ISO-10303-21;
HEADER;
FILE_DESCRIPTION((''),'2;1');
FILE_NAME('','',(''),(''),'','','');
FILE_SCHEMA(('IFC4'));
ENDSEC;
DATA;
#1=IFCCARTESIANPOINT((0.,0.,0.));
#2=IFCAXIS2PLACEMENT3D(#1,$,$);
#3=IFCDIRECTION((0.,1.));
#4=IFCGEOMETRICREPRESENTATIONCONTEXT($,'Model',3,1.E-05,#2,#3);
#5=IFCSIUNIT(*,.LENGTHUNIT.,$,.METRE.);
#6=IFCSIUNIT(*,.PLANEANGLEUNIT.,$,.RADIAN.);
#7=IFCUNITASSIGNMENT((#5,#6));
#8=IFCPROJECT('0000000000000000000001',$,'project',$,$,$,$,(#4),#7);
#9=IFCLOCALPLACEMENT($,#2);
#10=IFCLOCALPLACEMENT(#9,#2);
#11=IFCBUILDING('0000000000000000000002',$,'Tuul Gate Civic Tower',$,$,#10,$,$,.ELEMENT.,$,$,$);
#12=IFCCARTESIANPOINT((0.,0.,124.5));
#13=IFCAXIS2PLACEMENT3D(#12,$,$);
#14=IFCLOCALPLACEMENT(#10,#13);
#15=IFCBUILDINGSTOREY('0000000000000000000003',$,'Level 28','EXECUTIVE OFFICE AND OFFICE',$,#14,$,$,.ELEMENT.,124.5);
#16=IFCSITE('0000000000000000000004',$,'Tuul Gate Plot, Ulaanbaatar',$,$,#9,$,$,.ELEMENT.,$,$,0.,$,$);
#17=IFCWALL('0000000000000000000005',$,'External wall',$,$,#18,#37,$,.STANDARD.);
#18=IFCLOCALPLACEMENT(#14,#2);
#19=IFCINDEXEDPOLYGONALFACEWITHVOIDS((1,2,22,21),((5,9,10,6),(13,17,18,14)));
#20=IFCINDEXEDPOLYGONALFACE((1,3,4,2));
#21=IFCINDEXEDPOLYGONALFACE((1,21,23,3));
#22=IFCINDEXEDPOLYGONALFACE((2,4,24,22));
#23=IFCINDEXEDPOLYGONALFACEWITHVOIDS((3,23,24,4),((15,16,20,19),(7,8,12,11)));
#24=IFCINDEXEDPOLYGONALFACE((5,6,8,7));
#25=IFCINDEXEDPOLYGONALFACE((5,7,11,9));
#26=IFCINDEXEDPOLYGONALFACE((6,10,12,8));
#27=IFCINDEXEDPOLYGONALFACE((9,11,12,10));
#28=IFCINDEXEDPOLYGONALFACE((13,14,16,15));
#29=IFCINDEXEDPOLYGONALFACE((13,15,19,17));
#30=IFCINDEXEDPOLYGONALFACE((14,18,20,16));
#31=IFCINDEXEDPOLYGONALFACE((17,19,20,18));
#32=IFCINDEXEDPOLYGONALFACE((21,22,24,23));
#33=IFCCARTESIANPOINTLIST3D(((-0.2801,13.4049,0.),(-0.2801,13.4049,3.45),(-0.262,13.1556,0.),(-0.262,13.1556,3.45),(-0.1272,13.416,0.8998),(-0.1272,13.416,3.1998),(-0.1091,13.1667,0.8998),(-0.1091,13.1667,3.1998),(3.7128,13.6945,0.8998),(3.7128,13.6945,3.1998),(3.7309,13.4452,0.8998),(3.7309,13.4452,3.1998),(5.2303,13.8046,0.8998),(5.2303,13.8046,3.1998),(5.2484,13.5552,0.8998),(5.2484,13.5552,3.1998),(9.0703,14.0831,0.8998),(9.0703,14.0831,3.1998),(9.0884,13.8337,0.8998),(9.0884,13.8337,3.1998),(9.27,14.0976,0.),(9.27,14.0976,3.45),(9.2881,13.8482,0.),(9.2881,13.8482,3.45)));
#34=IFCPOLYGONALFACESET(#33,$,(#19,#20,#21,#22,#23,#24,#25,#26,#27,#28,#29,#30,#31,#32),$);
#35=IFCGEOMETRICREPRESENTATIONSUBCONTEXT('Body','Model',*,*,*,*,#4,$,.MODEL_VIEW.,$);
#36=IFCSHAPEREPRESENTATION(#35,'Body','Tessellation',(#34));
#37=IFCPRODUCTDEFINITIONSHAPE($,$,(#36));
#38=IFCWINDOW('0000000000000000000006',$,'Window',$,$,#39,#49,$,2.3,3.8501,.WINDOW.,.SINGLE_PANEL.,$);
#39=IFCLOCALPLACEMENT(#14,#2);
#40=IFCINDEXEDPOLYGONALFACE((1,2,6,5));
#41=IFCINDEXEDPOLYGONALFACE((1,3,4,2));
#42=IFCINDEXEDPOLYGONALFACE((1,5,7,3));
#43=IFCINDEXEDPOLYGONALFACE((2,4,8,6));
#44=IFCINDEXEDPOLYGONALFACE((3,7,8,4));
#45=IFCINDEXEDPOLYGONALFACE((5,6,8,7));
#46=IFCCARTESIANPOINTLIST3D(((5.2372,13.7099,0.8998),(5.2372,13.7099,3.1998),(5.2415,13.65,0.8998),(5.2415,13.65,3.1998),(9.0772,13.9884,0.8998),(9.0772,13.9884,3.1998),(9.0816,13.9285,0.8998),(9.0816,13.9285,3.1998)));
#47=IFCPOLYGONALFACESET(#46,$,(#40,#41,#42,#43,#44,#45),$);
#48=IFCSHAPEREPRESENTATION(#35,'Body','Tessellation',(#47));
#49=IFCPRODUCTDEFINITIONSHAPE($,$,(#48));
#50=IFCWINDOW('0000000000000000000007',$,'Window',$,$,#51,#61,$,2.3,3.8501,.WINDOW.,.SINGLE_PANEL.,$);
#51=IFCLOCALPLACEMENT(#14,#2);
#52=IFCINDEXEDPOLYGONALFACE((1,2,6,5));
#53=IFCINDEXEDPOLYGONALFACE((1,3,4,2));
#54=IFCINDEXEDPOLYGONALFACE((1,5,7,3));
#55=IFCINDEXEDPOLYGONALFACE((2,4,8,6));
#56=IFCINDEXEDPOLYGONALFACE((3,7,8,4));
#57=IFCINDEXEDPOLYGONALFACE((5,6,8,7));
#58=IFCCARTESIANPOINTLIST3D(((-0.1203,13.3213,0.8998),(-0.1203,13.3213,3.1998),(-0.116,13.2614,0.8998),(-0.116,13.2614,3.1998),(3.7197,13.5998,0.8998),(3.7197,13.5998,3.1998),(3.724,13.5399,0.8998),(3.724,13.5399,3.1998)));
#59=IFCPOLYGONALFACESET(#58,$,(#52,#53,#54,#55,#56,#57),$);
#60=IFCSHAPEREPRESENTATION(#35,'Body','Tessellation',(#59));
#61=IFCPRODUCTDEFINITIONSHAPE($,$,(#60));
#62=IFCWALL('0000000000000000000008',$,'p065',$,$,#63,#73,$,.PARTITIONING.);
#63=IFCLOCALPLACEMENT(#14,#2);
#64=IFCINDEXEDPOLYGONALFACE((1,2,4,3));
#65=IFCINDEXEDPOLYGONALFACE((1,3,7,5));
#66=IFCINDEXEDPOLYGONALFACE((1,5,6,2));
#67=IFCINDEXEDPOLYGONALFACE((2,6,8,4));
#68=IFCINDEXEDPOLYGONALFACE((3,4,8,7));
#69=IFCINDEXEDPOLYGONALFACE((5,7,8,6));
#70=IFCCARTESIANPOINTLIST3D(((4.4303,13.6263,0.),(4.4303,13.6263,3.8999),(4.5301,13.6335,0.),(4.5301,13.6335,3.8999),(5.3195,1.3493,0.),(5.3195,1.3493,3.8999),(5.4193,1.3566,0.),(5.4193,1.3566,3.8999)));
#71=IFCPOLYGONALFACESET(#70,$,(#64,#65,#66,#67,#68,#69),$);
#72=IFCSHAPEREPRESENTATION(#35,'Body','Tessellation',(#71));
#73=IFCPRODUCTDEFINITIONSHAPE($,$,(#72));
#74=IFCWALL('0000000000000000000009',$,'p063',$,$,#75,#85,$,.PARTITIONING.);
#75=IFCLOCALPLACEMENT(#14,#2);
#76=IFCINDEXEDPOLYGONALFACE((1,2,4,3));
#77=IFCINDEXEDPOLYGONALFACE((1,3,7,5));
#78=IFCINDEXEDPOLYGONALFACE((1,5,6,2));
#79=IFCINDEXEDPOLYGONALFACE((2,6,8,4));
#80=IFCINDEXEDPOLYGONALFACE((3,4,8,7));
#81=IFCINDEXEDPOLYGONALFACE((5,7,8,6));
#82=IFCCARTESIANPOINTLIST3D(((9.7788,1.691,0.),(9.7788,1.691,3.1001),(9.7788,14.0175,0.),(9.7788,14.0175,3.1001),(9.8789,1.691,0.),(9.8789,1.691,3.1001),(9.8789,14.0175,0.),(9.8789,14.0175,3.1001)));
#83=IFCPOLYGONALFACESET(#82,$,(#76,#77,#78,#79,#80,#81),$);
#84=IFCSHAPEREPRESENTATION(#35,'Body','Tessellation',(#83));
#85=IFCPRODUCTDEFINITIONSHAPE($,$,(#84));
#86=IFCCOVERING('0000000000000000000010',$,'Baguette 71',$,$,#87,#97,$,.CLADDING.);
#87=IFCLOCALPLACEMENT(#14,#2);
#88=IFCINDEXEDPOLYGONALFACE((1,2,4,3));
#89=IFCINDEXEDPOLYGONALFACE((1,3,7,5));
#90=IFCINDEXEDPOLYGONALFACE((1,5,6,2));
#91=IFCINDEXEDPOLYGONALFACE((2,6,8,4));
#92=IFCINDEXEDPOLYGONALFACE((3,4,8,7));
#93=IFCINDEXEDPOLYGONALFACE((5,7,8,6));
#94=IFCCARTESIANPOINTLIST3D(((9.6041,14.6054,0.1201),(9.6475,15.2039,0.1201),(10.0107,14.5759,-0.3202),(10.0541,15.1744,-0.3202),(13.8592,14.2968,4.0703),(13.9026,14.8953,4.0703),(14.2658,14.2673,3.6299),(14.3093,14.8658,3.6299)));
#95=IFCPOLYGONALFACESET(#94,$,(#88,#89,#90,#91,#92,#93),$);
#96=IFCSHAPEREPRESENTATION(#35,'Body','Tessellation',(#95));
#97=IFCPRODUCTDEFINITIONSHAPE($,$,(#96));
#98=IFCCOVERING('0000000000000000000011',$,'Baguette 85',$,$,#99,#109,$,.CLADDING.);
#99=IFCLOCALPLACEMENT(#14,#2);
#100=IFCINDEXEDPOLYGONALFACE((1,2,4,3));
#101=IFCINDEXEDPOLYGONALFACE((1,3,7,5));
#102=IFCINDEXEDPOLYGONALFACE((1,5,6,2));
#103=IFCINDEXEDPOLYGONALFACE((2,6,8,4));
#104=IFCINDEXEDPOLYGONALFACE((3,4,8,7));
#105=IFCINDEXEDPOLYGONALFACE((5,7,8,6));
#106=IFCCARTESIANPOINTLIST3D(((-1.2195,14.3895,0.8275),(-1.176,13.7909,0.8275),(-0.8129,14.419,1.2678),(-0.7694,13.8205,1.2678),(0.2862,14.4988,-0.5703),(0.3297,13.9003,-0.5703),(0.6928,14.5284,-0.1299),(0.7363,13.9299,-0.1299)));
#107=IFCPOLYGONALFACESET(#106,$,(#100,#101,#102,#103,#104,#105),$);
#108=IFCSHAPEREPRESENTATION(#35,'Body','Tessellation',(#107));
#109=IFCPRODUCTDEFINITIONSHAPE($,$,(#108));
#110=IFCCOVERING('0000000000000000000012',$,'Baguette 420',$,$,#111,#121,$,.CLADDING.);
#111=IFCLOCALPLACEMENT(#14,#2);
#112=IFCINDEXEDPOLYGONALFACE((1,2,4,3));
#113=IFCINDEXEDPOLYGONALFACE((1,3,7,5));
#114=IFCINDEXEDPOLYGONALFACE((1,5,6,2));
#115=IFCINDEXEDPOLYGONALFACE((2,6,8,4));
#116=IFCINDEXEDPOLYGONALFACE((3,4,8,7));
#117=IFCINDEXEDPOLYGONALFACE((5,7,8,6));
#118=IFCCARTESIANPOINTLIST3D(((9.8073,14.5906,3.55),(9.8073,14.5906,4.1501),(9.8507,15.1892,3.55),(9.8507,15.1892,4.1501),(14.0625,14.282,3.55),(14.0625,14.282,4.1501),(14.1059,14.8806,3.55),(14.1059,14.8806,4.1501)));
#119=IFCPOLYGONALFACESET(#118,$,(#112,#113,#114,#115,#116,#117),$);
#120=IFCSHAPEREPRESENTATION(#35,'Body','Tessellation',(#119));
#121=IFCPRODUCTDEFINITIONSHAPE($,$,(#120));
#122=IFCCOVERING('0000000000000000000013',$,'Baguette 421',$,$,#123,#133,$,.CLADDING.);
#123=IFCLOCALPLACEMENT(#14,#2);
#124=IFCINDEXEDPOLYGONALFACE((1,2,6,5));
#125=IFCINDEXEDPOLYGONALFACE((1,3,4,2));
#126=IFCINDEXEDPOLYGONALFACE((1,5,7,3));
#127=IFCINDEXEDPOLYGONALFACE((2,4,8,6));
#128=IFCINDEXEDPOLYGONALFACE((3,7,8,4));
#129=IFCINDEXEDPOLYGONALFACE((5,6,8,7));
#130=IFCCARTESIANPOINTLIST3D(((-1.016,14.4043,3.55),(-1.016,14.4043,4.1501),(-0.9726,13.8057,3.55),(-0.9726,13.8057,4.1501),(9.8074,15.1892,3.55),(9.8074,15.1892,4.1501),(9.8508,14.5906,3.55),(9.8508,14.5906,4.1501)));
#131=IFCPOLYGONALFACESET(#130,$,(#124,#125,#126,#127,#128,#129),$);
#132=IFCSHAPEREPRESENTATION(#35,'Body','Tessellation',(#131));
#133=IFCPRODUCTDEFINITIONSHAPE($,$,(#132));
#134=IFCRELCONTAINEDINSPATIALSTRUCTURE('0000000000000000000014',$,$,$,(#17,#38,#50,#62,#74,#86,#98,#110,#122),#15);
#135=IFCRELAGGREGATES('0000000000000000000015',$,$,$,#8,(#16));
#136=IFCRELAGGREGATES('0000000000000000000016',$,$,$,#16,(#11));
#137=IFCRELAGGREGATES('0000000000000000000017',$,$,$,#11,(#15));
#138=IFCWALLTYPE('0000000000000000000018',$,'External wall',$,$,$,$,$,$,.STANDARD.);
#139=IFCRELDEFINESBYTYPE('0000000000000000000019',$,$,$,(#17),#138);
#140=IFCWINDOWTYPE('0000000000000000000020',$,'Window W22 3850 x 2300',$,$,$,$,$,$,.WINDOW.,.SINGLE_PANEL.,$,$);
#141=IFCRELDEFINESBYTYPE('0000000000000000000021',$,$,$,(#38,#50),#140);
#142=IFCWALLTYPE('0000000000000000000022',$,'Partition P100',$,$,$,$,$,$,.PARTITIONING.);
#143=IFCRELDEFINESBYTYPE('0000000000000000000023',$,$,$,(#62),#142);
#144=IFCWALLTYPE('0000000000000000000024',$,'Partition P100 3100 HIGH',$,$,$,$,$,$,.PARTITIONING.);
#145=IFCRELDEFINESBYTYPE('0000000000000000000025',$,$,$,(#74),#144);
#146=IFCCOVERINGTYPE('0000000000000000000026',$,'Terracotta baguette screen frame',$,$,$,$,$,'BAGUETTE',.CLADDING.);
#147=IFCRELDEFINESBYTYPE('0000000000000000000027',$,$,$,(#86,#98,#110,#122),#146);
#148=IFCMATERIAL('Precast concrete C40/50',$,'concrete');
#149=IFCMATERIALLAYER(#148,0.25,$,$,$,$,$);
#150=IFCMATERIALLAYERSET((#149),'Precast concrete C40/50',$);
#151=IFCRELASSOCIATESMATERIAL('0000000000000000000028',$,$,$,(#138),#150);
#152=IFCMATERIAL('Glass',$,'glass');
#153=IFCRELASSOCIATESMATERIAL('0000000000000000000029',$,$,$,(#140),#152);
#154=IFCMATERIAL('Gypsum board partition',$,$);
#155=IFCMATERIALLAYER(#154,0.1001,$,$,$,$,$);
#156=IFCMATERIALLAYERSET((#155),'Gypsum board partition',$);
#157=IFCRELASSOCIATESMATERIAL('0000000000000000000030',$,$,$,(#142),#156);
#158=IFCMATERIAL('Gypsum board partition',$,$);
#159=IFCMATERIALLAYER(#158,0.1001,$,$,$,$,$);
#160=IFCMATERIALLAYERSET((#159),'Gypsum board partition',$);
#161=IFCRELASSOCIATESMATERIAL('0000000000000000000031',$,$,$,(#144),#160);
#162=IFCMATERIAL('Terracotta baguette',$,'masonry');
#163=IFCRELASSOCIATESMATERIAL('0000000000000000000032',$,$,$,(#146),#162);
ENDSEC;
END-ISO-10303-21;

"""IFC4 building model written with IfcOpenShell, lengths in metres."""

from ifc_helpers import new_model, si_unit, direction, frame, frame_2d, origin, origin_2d, place, context, subcontext, project, spatial, rectangle, extrude, material, layer, layer_set, material_profile, profile_set, type_object, element, fill, save


model = new_model("IFC4")

# Units and contexts
model_context = context("Model", 3, precision=1e-05, world=origin(), true_north=direction((0.0, 1.0)))
body_context = subcontext(model_context, "Body", "Model", "MODEL_VIEW")
ifc_project = project(units=[si_unit("LENGTHUNIT", "METRE"), si_unit("PLANEANGLEUNIT", "RADIAN")], contexts=[model_context])

# Site, building, storey
site_placement = place(None, origin())
site = spatial("IfcSite", under=ifc_project, at=site_placement, Name="Tuul Gate Plot, Ulaanbaatar", CompositionType="ELEMENT", RefElevation=0.0)
building_placement = place(site_placement, origin())
building = spatial("IfcBuilding", under=site, at=building_placement, Name="Tuul Gate Civic Tower", CompositionType="ELEMENT")
storey_placement = place(building_placement, frame((0.0, 0.0, 124.5)))
storey = spatial("IfcBuildingStorey", under=building, at=storey_placement, Name="Level 28", Description="EXECUTIVE OFFICE AND OFFICE", CompositionType="ELEMENT", Elevation=124.5)

# Wall, openings, windows
ifc_material_1 = material(Name="Precast concrete C40/50", Category="concrete")
ifc_layer_1 = layer(ifc_material_1, 0.25)
ifc_layer_set_1 = layer_set([ifc_layer_1], Name="Precast concrete C40/50")
wall_type_1 = type_object("IfcWallType", Name="External wall", PredefinedType="STANDARD", material=ifc_layer_set_1)
wall_1_placement = place(storey_placement, frame((9.2791, 13.9729, 0.0), z_axis=(0.0, 0.0, 1.0), x_axis=(-0.99738, -0.072336, 0.0)))
wall_1 = element("IfcWall", 1, at=wall_1_placement, inside=storey, type_object=wall_type_1, Name="External wall", PredefinedType="STANDARD", context=body_context, shape_type="SweptSolid", body=[
    extrude(rectangle(XDim=9.5752, YDim=0.25, at=frame_2d((4.7876, 0.0))), origin(), (0.0, 0.0, 1.0), 3.45),
])
opening_1_placement = place(wall_1_placement, frame((0.2002, 0.0, 0.8999)))
opening_1 = element("IfcOpeningElement", 2, at=opening_1_placement, cuts=wall_1, PredefinedType="OPENING", context=body_context, shape_type="SweptSolid", body=[
    extrude(rectangle(XDim=3.8501, YDim=2.3, at=frame_2d((1.925, 1.1499))), frame((0.0, 0.135, 0.0), z_axis=(0.0, -1.0, 0.0), x_axis=(1.0, 0.0, 0.0)), (0.0, 0.0, 1.0), 0.27),
])
opening_2_placement = place(wall_1_placement, frame((5.5718, 0.0, 0.8999)))
opening_2 = element("IfcOpeningElement", 3, at=opening_2_placement, cuts=wall_1, PredefinedType="OPENING", context=body_context, shape_type="SweptSolid", body=[
    extrude(rectangle(XDim=3.8501, YDim=2.3, at=frame_2d((1.925, 1.1499))), frame((0.0, 0.135, 0.0), z_axis=(0.0, -1.0, 0.0), x_axis=(1.0, 0.0, 0.0)), (0.0, 0.0, 1.0), 0.27),
])
ifc_material_2 = material(Name="Glass", Category="glass")
window_type = type_object("IfcWindowType", Name="Window W22 3850 x 2300", PartitioningType="SINGLE_PANEL", PredefinedType="WINDOW", material=ifc_material_2)
window_1_placement = place(opening_1_placement, origin())
window_1 = element("IfcWindow", 4, at=window_1_placement, inside=storey, type_object=window_type, Name="Window", OverallHeight=2.3, OverallWidth=3.8501, PartitioningType="SINGLE_PANEL", PredefinedType="WINDOW", context=body_context, shape_type="SweptSolid", body=[
    extrude(rectangle(XDim=3.8501, YDim=2.3, at=frame_2d((1.925, 1.1499))), frame((0.0, 0.03, 0.0), z_axis=(0.0, -1.0, 0.0), x_axis=(1.0, 0.0, 0.0)), (0.0, 0.0, 1.0), 0.0601),
])
fill(opening_1, window_1)
window_2_placement = place(opening_2_placement, origin())
window_2 = element("IfcWindow", 5, at=window_2_placement, inside=storey, type_object=window_type, Name="Window", OverallHeight=2.3, OverallWidth=3.8501, PartitioningType="SINGLE_PANEL", PredefinedType="WINDOW", context=body_context, shape_type="SweptSolid", body=[
    extrude(rectangle(XDim=3.8501, YDim=2.3, at=frame_2d((1.925, 1.1499))), frame((0.0, 0.03, 0.0), z_axis=(0.0, -1.0, 0.0), x_axis=(1.0, 0.0, 0.0)), (0.0, 0.0, 1.0), 0.0601),
])
fill(opening_2, window_2)

# Walls
ifc_material_3 = material(Name="Gypsum board partition")
ifc_layer_2 = layer(ifc_material_3, 0.1001)
ifc_layer_set_2 = layer_set([ifc_layer_2], Name="Gypsum board partition")
wall_type_2 = type_object("IfcWallType", Name="Partition P100", PredefinedType="PARTITIONING", material=ifc_layer_set_2)
wall_2_placement = place(storey_placement, frame((4.4802, 13.6299, 0.0), z_axis=(0.0, 0.0, 1.0), x_axis=(0.072237, -0.997388, 0.0)))
element("IfcWall", 6, at=wall_2_placement, inside=storey, type_object=wall_type_2, Name="p065", PredefinedType="PARTITIONING", context=body_context, shape_type="SweptSolid", body=[
    extrude(rectangle(XDim=12.3091, YDim=0.1001, at=frame_2d((6.1545, 0.0))), origin(), (0.0, 0.0, 1.0), 3.8999),
])
ifc_material_4 = material(Name="Gypsum board partition")
ifc_layer_3 = layer(ifc_material_4, 0.1001)
ifc_layer_set_3 = layer_set([ifc_layer_3], Name="Gypsum board partition")
wall_type_3 = type_object("IfcWallType", Name="Partition P100 3100 HIGH", PredefinedType="PARTITIONING", material=ifc_layer_set_3)
wall_3_placement = place(storey_placement, frame((9.8289, 1.6912, 0.0), z_axis=(0.0, 0.0, 1.0), x_axis=(0.0, 1.0, 0.0)))
element("IfcWall", 7, at=wall_3_placement, inside=storey, type_object=wall_type_3, Name="p063", PredefinedType="PARTITIONING", context=body_context, shape_type="SweptSolid", body=[
    extrude(rectangle(XDim=12.3264, YDim=0.1001, at=frame_2d((6.1631, 0.0))), origin(), (0.0, 0.0, 1.0), 3.1001),
])

# Coverings
ifc_material_5 = material(Name="Terracotta baguette", Category="masonry")
ifc_material_profile_1 = material_profile(ifc_material_5, rectangle(XDim=0.6001, YDim=0.6001, at=origin_2d()), Name="Terracotta baguette screen frame")
ifc_profile_set_1 = profile_set([ifc_material_profile_1], Name="Terracotta baguette")
covering_type = type_object("IfcCoveringType", Name="Terracotta baguette screen frame", ElementType="BAGUETTE", PredefinedType="CLADDING", material=ifc_profile_set_1)
covering_1_placement = place(storey_placement, frame((14.0842, 14.5813, 3.8501), z_axis=(-0.731846, 0.053076, -0.6794), x_axis=(-0.072333, -0.997381, 0.0)))
element("IfcCovering", 8, at=covering_1_placement, inside=storey, type_object=covering_type, Name="Baguette 71", PredefinedType="CLADDING", context=body_context, shape_type="SweptSolid", body=[
    extrude(rectangle(XDim=0.6001, YDim=0.6001, at=origin_2d()), origin(), (0.0, 0.0, 1.0), 5.8142),
])
covering_2_placement = place(storey_placement, frame((0.5112, 14.2144, -0.3501), z_axis=(-0.731846, -0.053165, 0.679393), x_axis=(0.072454, -0.997372, 0.0)))
element("IfcCovering", 9, at=covering_2_placement, inside=storey, type_object=covering_type, Name="Baguette 85", PredefinedType="CLADDING", context=body_context, shape_type="SweptSolid", body=[
    extrude(rectangle(XDim=0.6001, YDim=0.6001, at=origin_2d()), origin(), (0.0, 0.0, 1.0), 2.0574),
])
covering_3_placement = place(storey_placement, frame((14.0842, 14.5813, 3.8501), z_axis=(-0.997381, 0.072333, 0.0), x_axis=(-0.072333, -0.997381, 0.0)))
element("IfcCovering", 10, at=covering_3_placement, inside=storey, type_object=covering_type, Name="Baguette 420", PredefinedType="CLADDING", context=body_context, shape_type="SweptSolid", body=[
    extrude(rectangle(XDim=0.6001, YDim=0.6001, at=origin_2d()), origin(), (0.0, 0.0, 1.0), 4.2664),
])
covering_4_placement = place(storey_placement, frame((9.8291, 14.8899, 3.8501), z_axis=(-0.997381, -0.072329, 0.0), x_axis=(0.072329, -0.997381, 0.0)))
element("IfcCovering", 11, at=covering_4_placement, inside=storey, type_object=covering_type, Name="Baguette 421", PredefinedType="CLADDING", context=body_context, shape_type="SweptSolid", body=[
    extrude(rectangle(XDim=0.6001, YDim=0.6001, at=origin_2d()), origin(), (0.0, 0.0, 1.0), 10.8518),
])

save(model, "model.ifc")
